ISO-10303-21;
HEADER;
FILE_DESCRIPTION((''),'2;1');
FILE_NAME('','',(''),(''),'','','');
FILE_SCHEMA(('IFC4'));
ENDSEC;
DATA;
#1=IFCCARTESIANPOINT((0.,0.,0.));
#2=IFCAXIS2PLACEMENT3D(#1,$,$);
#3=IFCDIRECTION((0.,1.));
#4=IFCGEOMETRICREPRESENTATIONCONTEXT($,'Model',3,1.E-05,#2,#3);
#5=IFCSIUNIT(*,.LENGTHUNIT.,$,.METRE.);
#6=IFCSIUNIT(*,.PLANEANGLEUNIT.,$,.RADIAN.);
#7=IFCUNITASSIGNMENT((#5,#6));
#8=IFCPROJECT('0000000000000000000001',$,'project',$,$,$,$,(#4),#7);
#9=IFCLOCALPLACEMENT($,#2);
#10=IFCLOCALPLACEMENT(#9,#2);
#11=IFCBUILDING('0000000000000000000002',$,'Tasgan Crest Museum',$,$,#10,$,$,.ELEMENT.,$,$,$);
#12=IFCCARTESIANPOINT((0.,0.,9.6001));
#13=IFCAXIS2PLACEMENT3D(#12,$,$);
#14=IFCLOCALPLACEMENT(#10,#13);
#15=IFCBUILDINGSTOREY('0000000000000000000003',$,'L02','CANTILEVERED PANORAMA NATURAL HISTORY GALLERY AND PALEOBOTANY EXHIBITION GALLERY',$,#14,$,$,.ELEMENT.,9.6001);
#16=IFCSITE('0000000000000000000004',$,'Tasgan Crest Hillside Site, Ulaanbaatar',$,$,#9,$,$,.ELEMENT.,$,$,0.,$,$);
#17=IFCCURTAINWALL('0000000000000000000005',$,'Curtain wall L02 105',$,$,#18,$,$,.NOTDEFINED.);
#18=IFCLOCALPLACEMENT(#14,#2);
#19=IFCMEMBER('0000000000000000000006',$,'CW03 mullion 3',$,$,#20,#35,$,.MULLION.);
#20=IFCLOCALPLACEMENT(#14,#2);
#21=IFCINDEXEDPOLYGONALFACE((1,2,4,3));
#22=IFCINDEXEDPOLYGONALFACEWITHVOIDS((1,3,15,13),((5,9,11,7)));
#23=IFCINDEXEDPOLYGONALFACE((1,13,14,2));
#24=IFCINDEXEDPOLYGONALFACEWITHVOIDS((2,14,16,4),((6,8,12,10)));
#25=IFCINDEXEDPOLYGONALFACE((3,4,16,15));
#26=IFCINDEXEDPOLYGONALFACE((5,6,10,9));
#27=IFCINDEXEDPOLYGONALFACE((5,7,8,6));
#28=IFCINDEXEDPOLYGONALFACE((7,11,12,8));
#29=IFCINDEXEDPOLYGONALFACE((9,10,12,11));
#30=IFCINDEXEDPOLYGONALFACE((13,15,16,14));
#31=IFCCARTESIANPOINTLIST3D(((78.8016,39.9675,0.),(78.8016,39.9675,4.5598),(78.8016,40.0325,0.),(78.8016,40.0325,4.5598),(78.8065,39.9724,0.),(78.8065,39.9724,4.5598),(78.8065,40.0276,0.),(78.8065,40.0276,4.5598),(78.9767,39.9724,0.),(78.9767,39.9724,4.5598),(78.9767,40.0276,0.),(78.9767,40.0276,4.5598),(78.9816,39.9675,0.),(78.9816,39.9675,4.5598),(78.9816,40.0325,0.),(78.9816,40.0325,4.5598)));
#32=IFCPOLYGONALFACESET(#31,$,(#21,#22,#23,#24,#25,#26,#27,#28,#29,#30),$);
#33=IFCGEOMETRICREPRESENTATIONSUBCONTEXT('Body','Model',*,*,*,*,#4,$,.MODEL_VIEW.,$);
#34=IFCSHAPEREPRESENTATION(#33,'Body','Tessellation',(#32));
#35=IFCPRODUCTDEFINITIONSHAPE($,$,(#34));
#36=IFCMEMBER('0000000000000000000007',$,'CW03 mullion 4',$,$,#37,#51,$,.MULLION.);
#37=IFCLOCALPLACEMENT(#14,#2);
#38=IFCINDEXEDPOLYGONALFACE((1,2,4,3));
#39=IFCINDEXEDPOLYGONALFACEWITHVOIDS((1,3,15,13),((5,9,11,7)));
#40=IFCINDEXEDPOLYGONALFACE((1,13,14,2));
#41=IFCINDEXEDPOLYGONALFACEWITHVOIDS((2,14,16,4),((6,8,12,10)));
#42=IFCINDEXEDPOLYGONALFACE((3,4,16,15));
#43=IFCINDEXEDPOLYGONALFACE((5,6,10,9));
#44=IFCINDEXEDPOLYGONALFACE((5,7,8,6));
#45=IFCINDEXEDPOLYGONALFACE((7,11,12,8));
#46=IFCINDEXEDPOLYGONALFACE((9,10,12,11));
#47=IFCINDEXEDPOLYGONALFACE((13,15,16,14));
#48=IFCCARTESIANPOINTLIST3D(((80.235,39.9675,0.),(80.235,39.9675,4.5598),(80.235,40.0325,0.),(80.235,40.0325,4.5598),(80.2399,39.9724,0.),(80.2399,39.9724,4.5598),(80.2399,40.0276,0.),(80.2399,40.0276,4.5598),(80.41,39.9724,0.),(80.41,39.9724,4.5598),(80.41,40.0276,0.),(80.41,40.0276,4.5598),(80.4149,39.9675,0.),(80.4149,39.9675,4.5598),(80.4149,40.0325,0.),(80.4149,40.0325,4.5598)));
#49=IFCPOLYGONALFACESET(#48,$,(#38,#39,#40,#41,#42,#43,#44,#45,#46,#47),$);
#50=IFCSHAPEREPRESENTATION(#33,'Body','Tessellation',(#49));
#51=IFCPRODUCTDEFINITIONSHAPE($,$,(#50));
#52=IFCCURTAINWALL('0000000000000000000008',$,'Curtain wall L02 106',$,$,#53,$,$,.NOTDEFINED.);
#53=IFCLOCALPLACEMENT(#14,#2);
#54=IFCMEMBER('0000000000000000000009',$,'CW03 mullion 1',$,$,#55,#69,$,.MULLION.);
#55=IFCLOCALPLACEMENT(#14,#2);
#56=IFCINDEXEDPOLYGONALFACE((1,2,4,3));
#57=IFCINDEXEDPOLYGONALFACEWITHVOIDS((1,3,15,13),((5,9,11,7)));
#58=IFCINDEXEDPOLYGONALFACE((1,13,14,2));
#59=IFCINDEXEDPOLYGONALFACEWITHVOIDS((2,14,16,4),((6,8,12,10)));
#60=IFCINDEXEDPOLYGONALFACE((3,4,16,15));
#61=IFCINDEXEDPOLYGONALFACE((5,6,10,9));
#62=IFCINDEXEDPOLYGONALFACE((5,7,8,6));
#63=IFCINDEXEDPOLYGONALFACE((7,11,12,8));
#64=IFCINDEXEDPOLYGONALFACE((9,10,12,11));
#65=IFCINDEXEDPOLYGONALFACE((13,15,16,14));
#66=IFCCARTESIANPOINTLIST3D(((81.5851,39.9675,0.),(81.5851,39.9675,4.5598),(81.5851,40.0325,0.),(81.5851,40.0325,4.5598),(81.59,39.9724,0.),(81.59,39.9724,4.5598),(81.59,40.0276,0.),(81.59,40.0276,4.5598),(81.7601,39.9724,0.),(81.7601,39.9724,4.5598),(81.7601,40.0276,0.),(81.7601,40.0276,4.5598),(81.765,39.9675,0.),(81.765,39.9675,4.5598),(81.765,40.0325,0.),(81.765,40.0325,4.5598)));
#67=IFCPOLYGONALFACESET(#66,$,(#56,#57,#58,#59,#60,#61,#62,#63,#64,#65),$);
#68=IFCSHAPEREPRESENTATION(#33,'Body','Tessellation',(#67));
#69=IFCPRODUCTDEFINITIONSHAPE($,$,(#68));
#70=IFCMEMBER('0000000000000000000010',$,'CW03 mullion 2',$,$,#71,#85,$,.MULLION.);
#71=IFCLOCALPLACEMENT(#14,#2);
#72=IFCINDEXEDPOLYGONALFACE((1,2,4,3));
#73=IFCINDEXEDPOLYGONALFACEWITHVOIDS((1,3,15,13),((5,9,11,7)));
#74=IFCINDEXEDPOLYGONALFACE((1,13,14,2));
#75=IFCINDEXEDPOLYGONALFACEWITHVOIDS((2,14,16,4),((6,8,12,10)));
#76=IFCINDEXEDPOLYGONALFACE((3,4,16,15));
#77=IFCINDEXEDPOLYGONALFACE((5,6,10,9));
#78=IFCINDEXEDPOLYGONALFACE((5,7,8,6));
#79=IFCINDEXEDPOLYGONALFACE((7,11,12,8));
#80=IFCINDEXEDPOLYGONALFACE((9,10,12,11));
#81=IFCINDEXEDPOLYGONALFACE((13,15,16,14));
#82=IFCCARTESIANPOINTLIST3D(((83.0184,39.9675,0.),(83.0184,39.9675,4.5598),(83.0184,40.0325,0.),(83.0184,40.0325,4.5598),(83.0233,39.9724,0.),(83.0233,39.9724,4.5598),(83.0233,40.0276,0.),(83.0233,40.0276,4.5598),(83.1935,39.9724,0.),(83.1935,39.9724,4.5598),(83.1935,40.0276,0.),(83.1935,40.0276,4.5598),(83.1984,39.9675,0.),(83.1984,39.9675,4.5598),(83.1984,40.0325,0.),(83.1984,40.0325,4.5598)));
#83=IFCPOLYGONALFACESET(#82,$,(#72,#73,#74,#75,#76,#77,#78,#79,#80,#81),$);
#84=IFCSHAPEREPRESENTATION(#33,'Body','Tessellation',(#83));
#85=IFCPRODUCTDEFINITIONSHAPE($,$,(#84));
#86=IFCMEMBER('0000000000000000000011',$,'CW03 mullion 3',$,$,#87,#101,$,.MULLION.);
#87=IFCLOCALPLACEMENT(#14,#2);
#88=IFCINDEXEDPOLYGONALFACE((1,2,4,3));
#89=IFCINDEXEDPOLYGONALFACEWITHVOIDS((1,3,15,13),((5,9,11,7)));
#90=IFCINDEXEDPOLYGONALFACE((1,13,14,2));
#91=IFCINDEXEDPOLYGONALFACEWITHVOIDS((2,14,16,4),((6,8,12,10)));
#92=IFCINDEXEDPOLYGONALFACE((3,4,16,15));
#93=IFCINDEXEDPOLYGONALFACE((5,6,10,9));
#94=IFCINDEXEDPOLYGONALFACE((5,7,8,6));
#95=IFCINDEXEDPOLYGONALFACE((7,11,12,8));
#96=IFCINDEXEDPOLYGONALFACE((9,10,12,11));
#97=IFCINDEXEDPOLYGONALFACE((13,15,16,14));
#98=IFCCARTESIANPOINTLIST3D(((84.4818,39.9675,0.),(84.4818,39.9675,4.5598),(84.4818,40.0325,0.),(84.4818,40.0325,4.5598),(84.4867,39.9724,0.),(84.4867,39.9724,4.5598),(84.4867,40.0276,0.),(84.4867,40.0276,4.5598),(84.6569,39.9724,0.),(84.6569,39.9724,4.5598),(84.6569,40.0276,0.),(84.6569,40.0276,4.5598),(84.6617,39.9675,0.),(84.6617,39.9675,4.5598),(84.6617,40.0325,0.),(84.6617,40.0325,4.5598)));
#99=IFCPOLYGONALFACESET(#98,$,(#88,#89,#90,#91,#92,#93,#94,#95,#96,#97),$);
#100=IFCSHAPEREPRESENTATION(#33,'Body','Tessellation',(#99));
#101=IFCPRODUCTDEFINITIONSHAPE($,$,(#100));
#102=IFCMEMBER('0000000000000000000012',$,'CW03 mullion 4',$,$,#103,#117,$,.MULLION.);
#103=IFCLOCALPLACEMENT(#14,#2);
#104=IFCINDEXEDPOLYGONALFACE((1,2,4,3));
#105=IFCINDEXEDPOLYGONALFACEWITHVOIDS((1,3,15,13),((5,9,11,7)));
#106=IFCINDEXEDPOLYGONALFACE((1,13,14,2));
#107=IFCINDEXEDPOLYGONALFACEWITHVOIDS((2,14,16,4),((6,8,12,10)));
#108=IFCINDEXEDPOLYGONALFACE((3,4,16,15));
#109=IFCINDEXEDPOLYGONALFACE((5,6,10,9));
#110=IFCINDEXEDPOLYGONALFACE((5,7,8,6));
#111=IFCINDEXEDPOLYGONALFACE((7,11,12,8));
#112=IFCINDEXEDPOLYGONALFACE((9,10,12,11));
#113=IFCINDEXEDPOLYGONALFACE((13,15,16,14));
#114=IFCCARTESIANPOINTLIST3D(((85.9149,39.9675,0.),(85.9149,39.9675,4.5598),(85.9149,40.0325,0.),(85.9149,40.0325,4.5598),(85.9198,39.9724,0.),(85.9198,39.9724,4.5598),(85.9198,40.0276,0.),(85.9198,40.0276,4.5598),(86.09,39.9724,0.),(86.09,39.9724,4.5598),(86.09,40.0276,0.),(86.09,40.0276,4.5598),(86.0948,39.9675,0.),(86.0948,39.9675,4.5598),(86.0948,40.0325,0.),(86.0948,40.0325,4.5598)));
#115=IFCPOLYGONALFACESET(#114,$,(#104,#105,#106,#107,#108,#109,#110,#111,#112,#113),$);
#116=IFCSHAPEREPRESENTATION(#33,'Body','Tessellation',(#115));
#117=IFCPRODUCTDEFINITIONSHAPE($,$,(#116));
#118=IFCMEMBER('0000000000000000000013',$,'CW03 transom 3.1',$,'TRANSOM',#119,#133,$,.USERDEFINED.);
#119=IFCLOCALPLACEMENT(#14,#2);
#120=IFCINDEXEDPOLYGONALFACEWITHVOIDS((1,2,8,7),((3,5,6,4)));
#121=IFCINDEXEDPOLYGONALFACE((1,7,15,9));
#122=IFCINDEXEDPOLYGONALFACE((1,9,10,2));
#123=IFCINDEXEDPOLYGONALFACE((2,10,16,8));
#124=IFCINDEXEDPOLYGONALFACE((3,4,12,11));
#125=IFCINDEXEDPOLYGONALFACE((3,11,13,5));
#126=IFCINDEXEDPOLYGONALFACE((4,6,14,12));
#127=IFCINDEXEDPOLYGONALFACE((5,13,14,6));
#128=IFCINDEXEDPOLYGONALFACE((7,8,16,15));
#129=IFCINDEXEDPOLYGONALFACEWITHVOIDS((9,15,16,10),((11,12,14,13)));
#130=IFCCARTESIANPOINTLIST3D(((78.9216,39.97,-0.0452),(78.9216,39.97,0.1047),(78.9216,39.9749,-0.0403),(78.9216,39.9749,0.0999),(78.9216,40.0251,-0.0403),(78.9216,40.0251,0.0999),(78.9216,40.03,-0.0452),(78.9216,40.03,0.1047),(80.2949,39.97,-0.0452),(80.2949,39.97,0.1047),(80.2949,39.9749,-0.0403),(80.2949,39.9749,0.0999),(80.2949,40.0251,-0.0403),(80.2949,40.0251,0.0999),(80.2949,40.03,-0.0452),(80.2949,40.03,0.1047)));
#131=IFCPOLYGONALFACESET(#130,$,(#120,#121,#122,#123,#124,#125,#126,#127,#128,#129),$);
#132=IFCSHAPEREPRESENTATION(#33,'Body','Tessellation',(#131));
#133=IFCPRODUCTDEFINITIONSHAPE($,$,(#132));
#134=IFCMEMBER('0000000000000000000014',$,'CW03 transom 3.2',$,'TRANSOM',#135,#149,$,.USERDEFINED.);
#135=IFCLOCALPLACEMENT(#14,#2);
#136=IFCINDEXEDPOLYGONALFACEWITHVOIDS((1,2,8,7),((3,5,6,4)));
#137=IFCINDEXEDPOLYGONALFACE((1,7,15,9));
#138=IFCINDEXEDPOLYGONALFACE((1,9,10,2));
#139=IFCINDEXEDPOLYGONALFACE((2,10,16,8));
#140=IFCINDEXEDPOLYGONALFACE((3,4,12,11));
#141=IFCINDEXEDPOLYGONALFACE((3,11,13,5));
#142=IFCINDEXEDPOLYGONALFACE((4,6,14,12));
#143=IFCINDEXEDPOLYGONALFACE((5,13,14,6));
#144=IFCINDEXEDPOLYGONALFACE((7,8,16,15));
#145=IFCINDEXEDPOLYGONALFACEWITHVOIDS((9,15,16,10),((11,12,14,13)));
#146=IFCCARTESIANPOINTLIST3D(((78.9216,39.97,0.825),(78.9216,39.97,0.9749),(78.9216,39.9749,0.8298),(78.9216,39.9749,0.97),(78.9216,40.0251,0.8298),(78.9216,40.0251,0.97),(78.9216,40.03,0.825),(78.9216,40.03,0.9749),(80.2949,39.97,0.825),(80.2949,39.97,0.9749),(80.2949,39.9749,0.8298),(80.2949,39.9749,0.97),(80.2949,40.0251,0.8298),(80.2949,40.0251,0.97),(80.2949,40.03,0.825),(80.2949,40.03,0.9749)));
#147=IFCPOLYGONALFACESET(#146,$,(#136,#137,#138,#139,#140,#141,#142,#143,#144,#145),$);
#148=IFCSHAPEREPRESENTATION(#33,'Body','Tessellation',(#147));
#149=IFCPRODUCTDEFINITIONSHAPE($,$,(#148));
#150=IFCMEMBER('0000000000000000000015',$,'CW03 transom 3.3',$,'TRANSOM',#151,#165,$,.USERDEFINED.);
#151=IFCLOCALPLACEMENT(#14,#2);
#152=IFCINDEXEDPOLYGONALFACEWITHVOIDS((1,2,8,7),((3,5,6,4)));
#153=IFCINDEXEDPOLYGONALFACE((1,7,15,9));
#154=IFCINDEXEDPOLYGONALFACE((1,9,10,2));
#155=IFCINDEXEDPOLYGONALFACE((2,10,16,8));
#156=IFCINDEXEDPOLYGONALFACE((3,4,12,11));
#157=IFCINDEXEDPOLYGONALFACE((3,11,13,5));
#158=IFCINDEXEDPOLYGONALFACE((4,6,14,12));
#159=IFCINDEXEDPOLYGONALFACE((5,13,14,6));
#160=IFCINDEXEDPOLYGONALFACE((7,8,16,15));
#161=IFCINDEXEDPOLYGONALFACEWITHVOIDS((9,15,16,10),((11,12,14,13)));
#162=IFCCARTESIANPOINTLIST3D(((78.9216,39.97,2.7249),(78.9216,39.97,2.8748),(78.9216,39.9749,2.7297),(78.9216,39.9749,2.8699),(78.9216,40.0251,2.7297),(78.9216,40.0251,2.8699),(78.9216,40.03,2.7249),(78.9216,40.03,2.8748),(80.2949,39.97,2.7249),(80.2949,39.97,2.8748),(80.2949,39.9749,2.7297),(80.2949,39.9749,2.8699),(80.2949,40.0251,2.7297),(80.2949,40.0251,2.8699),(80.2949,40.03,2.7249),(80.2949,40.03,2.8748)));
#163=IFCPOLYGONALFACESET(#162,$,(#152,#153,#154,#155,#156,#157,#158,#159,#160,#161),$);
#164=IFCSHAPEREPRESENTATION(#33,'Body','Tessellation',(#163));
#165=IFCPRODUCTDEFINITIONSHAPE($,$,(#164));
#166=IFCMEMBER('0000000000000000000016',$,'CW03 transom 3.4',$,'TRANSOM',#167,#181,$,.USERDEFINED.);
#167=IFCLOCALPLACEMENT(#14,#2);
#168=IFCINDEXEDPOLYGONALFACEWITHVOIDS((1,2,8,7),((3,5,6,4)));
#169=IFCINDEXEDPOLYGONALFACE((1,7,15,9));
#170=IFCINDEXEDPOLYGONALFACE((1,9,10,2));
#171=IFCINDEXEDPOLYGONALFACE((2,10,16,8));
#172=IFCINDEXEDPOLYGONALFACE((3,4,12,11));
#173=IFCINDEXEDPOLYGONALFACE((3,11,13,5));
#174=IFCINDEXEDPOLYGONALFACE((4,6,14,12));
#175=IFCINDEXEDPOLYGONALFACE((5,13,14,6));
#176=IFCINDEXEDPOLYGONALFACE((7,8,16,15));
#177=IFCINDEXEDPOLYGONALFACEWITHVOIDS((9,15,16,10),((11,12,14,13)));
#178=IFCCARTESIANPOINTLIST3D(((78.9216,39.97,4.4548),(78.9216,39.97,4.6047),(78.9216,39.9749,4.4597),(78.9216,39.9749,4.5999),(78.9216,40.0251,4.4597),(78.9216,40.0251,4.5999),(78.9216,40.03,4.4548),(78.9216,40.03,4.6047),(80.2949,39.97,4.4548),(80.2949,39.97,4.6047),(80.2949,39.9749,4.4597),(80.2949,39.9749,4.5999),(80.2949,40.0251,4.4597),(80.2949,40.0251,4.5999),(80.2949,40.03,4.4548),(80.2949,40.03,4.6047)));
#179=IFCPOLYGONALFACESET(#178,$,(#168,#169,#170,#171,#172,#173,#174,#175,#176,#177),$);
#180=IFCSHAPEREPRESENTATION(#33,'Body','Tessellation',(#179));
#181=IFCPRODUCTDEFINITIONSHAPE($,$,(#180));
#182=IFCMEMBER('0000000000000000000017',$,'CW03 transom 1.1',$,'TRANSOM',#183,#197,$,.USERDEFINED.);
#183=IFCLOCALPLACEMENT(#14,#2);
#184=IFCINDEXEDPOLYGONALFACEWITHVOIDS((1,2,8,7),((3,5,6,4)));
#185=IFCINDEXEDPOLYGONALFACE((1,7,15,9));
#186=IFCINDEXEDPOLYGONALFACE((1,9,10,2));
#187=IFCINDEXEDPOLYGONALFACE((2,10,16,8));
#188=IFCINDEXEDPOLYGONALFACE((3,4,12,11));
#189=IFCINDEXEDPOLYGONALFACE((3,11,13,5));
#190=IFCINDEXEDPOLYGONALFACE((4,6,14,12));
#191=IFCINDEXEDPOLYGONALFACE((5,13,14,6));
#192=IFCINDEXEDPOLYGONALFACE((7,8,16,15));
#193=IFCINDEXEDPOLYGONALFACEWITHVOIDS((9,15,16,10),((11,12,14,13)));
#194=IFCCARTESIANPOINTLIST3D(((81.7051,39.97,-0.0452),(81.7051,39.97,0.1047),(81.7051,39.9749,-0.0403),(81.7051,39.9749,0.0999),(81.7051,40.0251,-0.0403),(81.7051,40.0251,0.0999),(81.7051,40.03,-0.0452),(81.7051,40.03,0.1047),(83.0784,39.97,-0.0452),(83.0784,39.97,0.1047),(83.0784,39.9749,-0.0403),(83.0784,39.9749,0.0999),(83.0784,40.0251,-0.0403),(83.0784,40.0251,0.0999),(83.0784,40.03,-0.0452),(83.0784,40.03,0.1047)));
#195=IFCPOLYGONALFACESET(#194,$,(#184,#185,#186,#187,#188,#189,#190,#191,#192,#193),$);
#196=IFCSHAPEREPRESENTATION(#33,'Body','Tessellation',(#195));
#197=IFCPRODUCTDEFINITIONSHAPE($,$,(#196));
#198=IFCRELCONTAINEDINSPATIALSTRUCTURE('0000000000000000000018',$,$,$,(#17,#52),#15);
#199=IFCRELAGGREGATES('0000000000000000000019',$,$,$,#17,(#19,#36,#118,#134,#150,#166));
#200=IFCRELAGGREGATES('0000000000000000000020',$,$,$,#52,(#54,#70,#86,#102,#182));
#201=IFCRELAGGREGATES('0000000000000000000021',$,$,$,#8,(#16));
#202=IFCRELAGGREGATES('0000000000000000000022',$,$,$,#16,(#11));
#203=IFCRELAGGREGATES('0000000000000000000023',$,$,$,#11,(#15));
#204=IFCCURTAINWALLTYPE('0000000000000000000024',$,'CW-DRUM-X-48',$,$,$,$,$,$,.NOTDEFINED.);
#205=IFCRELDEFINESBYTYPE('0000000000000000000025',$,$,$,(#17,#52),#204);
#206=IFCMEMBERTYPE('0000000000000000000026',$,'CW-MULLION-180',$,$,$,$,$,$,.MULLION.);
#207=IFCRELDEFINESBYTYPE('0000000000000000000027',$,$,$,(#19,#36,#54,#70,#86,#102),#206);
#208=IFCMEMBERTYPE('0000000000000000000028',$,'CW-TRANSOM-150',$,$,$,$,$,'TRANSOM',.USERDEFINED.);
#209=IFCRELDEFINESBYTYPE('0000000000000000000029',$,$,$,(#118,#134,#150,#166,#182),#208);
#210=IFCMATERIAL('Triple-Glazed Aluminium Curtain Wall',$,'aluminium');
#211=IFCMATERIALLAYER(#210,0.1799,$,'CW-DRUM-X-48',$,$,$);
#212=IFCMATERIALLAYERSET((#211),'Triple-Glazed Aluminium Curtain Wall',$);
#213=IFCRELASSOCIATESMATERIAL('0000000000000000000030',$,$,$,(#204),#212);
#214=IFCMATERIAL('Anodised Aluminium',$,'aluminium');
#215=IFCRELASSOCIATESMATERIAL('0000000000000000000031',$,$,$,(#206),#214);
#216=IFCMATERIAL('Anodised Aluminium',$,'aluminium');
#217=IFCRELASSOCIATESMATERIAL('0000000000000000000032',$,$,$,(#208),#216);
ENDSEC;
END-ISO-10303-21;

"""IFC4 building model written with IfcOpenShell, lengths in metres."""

from ifc_helpers import new_model, si_unit, direction, frame, origin, origin_2d, place, context, subcontext, project, spatial, hollow_rectangle, extrude, material, layer, layer_set, material_profile, profile_set, type_object, element, aggregate, save


model = new_model("IFC4")

# Units and contexts
model_context = context("Model", 3, precision=1e-05, world=origin(), true_north=direction((0.0, 1.0)))
body_context = subcontext(model_context, "Body", "Model", "MODEL_VIEW")
ifc_project = project(units=[si_unit("LENGTHUNIT", "METRE"), si_unit("PLANEANGLEUNIT", "RADIAN")], contexts=[model_context])

# Site, building, storey
site_placement = place(None, origin())
site = spatial("IfcSite", under=ifc_project, at=site_placement, Name="Tasgan Crest Hillside Site, Ulaanbaatar", CompositionType="ELEMENT", RefElevation=0.0)
building_placement = place(site_placement, origin())
building = spatial("IfcBuilding", under=site, at=building_placement, Name="Tasgan Crest Museum", CompositionType="ELEMENT")
storey_placement = place(building_placement, frame((0.0, 0.0, 9.6001)))
storey = spatial("IfcBuildingStorey", under=building, at=storey_placement, Name="L02", Description="CANTILEVERED PANORAMA NATURAL HISTORY GALLERY AND PALEOBOTANY EXHIBITION GALLERY", CompositionType="ELEMENT", Elevation=9.6001)

# Curtain walls, members
ifc_material_1 = material(Name="Triple-Glazed Aluminium Curtain Wall", Category="aluminium")
ifc_layer_1 = layer(ifc_material_1, 0.1799, Name="CW-DRUM-X-48")
ifc_layer_set_1 = layer_set([ifc_layer_1], Name="Triple-Glazed Aluminium Curtain Wall")
curtain_wall_type = type_object("IfcCurtainWallType", Name="CW-DRUM-X-48", PredefinedType="NOTDEFINED", material=ifc_layer_set_1)
curtain_wall_1_placement = place(storey_placement, origin())
curtain_wall_1 = element("IfcCurtainWall", 1, at=curtain_wall_1_placement, inside=storey, type_object=curtain_wall_type, Name="Curtain wall L02 105", PredefinedType="NOTDEFINED")
ifc_material_2 = material(Name="Anodised Aluminium", Category="aluminium")
ifc_material_profile_1 = material_profile(ifc_material_2, hollow_rectangle(XDim=0.0649, YDim=0.1799, WallThickness=0.0049, at=origin_2d()), Name="ALU MULLION 180x65x5")
ifc_profile_set_1 = profile_set([ifc_material_profile_1], Name="Anodised Aluminium")
member_type_1 = type_object("IfcMemberType", Name="CW-MULLION-180", PredefinedType="MULLION", material=ifc_profile_set_1)
member_1_placement = place(storey_placement, frame((78.8916, 40.0, 0.0), z_axis=(0.0, 0.0, 1.0), x_axis=(0.0, 1.0, 0.0)))
member_1 = element("IfcMember", 2, at=member_1_placement, type_object=member_type_1, Name="CW03 mullion 3", PredefinedType="MULLION", context=body_context, shape_type="SweptSolid", body=[
    extrude(hollow_rectangle(XDim=0.0649, YDim=0.1799, WallThickness=0.0049, at=origin_2d()), origin(), (0.0, 0.0, 1.0), 4.5598),
])
member_2_placement = place(storey_placement, frame((80.325, 40.0, 0.0), z_axis=(0.0, 0.0, 1.0), x_axis=(0.0, 1.0, 0.0)))
member_2 = element("IfcMember", 3, at=member_2_placement, type_object=member_type_1, Name="CW03 mullion 4", PredefinedType="MULLION", context=body_context, shape_type="SweptSolid", body=[
    extrude(hollow_rectangle(XDim=0.0649, YDim=0.1799, WallThickness=0.0049, at=origin_2d()), origin(), (0.0, 0.0, 1.0), 4.5598),
])
curtain_wall_2_placement = place(storey_placement, origin())
curtain_wall_2 = element("IfcCurtainWall", 4, at=curtain_wall_2_placement, inside=storey, type_object=curtain_wall_type, Name="Curtain wall L02 106", PredefinedType="NOTDEFINED")
member_3_placement = place(storey_placement, frame((81.675, 40.0, 0.0), z_axis=(0.0, 0.0, 1.0), x_axis=(0.0, 1.0, 0.0)))
member_3 = element("IfcMember", 5, at=member_3_placement, type_object=member_type_1, Name="CW03 mullion 1", PredefinedType="MULLION", context=body_context, shape_type="SweptSolid", body=[
    extrude(hollow_rectangle(XDim=0.0649, YDim=0.1799, WallThickness=0.0049, at=origin_2d()), origin(), (0.0, 0.0, 1.0), 4.5598),
])
member_4_placement = place(storey_placement, frame((83.1084, 40.0, 0.0), z_axis=(0.0, 0.0, 1.0), x_axis=(0.0, 1.0, 0.0)))
member_4 = element("IfcMember", 6, at=member_4_placement, type_object=member_type_1, Name="CW03 mullion 2", PredefinedType="MULLION", context=body_context, shape_type="SweptSolid", body=[
    extrude(hollow_rectangle(XDim=0.0649, YDim=0.1799, WallThickness=0.0049, at=origin_2d()), origin(), (0.0, 0.0, 1.0), 4.5598),
])
member_5_placement = place(storey_placement, frame((84.5718, 40.0, 0.0), z_axis=(0.0, 0.0, 1.0), x_axis=(0.0, 1.0, 0.0)))
member_5 = element("IfcMember", 7, at=member_5_placement, type_object=member_type_1, Name="CW03 mullion 3", PredefinedType="MULLION", context=body_context, shape_type="SweptSolid", body=[
    extrude(hollow_rectangle(XDim=0.0649, YDim=0.1799, WallThickness=0.0049, at=origin_2d()), origin(), (0.0, 0.0, 1.0), 4.5598),
])
member_6_placement = place(storey_placement, frame((86.0049, 40.0, 0.0), z_axis=(0.0, 0.0, 1.0), x_axis=(0.0, 1.0, 0.0)))
member_6 = element("IfcMember", 8, at=member_6_placement, type_object=member_type_1, Name="CW03 mullion 4", PredefinedType="MULLION", context=body_context, shape_type="SweptSolid", body=[
    extrude(hollow_rectangle(XDim=0.0649, YDim=0.1799, WallThickness=0.0049, at=origin_2d()), origin(), (0.0, 0.0, 1.0), 4.5598),
])

# Members
ifc_material_3 = material(Name="Anodised Aluminium", Category="aluminium")
ifc_material_profile_2 = material_profile(ifc_material_3, hollow_rectangle(XDim=0.0601, YDim=0.1499, WallThickness=0.0049, at=origin_2d()), Name="ALU TRANSOM 150x60x5")
ifc_profile_set_2 = profile_set([ifc_material_profile_2], Name="Anodised Aluminium")
member_type_2 = type_object("IfcMemberType", Name="CW-TRANSOM-150", ElementType="TRANSOM", PredefinedType="USERDEFINED", material=ifc_profile_set_2)
member_7_placement = place(storey_placement, frame((78.9216, 40.0, 0.0298), z_axis=(1.0, 0.0, 0.0), x_axis=(0.0, 1.0, 0.0)))
member_7 = element("IfcMember", 9, at=member_7_placement, type_object=member_type_2, Name="CW03 transom 3.1", ObjectType="TRANSOM", PredefinedType="USERDEFINED", context=body_context, shape_type="SweptSolid", body=[
    extrude(hollow_rectangle(XDim=0.0601, YDim=0.1499, WallThickness=0.0049, at=origin_2d()), origin(), (0.0, 0.0, 1.0), 1.3733),
])
member_8_placement = place(storey_placement, frame((78.9216, 40.0, 0.8999), z_axis=(1.0, 0.0, 0.0), x_axis=(0.0, 1.0, 0.0)))
member_8 = element("IfcMember", 10, at=member_8_placement, type_object=member_type_2, Name="CW03 transom 3.2", ObjectType="TRANSOM", PredefinedType="USERDEFINED", context=body_context, shape_type="SweptSolid", body=[
    extrude(hollow_rectangle(XDim=0.0601, YDim=0.1499, WallThickness=0.0049, at=origin_2d()), origin(), (0.0, 0.0, 1.0), 1.3733),
])
member_9_placement = place(storey_placement, frame((78.9216, 40.0, 2.7998), z_axis=(1.0, 0.0, 0.0), x_axis=(0.0, 1.0, 0.0)))
member_9 = element("IfcMember", 11, at=member_9_placement, type_object=member_type_2, Name="CW03 transom 3.3", ObjectType="TRANSOM", PredefinedType="USERDEFINED", context=body_context, shape_type="SweptSolid", body=[
    extrude(hollow_rectangle(XDim=0.0601, YDim=0.1499, WallThickness=0.0049, at=origin_2d()), origin(), (0.0, 0.0, 1.0), 1.3733),
])
member_10_placement = place(storey_placement, frame((78.9216, 40.0, 4.5298), z_axis=(1.0, 0.0, 0.0), x_axis=(0.0, 1.0, 0.0)))
member_10 = element("IfcMember", 12, at=member_10_placement, type_object=member_type_2, Name="CW03 transom 3.4", ObjectType="TRANSOM", PredefinedType="USERDEFINED", context=body_context, shape_type="SweptSolid", body=[
    extrude(hollow_rectangle(XDim=0.0601, YDim=0.1499, WallThickness=0.0049, at=origin_2d()), origin(), (0.0, 0.0, 1.0), 1.3733),
])
member_11_placement = place(storey_placement, frame((81.7051, 40.0, 0.0298), z_axis=(1.0, 0.0, 0.0), x_axis=(0.0, 1.0, 0.0)))
member_11 = element("IfcMember", 13, at=member_11_placement, type_object=member_type_2, Name="CW03 transom 1.1", ObjectType="TRANSOM", PredefinedType="USERDEFINED", context=body_context, shape_type="SweptSolid", body=[
    extrude(hollow_rectangle(XDim=0.0601, YDim=0.1499, WallThickness=0.0049, at=origin_2d()), origin(), (0.0, 0.0, 1.0), 1.3733),
])

aggregate(curtain_wall_1, [member_1, member_2, member_7, member_8, member_9, member_10])
aggregate(curtain_wall_2, [member_3, member_4, member_5, member_6, member_11])

save(model, "model.ifc")
